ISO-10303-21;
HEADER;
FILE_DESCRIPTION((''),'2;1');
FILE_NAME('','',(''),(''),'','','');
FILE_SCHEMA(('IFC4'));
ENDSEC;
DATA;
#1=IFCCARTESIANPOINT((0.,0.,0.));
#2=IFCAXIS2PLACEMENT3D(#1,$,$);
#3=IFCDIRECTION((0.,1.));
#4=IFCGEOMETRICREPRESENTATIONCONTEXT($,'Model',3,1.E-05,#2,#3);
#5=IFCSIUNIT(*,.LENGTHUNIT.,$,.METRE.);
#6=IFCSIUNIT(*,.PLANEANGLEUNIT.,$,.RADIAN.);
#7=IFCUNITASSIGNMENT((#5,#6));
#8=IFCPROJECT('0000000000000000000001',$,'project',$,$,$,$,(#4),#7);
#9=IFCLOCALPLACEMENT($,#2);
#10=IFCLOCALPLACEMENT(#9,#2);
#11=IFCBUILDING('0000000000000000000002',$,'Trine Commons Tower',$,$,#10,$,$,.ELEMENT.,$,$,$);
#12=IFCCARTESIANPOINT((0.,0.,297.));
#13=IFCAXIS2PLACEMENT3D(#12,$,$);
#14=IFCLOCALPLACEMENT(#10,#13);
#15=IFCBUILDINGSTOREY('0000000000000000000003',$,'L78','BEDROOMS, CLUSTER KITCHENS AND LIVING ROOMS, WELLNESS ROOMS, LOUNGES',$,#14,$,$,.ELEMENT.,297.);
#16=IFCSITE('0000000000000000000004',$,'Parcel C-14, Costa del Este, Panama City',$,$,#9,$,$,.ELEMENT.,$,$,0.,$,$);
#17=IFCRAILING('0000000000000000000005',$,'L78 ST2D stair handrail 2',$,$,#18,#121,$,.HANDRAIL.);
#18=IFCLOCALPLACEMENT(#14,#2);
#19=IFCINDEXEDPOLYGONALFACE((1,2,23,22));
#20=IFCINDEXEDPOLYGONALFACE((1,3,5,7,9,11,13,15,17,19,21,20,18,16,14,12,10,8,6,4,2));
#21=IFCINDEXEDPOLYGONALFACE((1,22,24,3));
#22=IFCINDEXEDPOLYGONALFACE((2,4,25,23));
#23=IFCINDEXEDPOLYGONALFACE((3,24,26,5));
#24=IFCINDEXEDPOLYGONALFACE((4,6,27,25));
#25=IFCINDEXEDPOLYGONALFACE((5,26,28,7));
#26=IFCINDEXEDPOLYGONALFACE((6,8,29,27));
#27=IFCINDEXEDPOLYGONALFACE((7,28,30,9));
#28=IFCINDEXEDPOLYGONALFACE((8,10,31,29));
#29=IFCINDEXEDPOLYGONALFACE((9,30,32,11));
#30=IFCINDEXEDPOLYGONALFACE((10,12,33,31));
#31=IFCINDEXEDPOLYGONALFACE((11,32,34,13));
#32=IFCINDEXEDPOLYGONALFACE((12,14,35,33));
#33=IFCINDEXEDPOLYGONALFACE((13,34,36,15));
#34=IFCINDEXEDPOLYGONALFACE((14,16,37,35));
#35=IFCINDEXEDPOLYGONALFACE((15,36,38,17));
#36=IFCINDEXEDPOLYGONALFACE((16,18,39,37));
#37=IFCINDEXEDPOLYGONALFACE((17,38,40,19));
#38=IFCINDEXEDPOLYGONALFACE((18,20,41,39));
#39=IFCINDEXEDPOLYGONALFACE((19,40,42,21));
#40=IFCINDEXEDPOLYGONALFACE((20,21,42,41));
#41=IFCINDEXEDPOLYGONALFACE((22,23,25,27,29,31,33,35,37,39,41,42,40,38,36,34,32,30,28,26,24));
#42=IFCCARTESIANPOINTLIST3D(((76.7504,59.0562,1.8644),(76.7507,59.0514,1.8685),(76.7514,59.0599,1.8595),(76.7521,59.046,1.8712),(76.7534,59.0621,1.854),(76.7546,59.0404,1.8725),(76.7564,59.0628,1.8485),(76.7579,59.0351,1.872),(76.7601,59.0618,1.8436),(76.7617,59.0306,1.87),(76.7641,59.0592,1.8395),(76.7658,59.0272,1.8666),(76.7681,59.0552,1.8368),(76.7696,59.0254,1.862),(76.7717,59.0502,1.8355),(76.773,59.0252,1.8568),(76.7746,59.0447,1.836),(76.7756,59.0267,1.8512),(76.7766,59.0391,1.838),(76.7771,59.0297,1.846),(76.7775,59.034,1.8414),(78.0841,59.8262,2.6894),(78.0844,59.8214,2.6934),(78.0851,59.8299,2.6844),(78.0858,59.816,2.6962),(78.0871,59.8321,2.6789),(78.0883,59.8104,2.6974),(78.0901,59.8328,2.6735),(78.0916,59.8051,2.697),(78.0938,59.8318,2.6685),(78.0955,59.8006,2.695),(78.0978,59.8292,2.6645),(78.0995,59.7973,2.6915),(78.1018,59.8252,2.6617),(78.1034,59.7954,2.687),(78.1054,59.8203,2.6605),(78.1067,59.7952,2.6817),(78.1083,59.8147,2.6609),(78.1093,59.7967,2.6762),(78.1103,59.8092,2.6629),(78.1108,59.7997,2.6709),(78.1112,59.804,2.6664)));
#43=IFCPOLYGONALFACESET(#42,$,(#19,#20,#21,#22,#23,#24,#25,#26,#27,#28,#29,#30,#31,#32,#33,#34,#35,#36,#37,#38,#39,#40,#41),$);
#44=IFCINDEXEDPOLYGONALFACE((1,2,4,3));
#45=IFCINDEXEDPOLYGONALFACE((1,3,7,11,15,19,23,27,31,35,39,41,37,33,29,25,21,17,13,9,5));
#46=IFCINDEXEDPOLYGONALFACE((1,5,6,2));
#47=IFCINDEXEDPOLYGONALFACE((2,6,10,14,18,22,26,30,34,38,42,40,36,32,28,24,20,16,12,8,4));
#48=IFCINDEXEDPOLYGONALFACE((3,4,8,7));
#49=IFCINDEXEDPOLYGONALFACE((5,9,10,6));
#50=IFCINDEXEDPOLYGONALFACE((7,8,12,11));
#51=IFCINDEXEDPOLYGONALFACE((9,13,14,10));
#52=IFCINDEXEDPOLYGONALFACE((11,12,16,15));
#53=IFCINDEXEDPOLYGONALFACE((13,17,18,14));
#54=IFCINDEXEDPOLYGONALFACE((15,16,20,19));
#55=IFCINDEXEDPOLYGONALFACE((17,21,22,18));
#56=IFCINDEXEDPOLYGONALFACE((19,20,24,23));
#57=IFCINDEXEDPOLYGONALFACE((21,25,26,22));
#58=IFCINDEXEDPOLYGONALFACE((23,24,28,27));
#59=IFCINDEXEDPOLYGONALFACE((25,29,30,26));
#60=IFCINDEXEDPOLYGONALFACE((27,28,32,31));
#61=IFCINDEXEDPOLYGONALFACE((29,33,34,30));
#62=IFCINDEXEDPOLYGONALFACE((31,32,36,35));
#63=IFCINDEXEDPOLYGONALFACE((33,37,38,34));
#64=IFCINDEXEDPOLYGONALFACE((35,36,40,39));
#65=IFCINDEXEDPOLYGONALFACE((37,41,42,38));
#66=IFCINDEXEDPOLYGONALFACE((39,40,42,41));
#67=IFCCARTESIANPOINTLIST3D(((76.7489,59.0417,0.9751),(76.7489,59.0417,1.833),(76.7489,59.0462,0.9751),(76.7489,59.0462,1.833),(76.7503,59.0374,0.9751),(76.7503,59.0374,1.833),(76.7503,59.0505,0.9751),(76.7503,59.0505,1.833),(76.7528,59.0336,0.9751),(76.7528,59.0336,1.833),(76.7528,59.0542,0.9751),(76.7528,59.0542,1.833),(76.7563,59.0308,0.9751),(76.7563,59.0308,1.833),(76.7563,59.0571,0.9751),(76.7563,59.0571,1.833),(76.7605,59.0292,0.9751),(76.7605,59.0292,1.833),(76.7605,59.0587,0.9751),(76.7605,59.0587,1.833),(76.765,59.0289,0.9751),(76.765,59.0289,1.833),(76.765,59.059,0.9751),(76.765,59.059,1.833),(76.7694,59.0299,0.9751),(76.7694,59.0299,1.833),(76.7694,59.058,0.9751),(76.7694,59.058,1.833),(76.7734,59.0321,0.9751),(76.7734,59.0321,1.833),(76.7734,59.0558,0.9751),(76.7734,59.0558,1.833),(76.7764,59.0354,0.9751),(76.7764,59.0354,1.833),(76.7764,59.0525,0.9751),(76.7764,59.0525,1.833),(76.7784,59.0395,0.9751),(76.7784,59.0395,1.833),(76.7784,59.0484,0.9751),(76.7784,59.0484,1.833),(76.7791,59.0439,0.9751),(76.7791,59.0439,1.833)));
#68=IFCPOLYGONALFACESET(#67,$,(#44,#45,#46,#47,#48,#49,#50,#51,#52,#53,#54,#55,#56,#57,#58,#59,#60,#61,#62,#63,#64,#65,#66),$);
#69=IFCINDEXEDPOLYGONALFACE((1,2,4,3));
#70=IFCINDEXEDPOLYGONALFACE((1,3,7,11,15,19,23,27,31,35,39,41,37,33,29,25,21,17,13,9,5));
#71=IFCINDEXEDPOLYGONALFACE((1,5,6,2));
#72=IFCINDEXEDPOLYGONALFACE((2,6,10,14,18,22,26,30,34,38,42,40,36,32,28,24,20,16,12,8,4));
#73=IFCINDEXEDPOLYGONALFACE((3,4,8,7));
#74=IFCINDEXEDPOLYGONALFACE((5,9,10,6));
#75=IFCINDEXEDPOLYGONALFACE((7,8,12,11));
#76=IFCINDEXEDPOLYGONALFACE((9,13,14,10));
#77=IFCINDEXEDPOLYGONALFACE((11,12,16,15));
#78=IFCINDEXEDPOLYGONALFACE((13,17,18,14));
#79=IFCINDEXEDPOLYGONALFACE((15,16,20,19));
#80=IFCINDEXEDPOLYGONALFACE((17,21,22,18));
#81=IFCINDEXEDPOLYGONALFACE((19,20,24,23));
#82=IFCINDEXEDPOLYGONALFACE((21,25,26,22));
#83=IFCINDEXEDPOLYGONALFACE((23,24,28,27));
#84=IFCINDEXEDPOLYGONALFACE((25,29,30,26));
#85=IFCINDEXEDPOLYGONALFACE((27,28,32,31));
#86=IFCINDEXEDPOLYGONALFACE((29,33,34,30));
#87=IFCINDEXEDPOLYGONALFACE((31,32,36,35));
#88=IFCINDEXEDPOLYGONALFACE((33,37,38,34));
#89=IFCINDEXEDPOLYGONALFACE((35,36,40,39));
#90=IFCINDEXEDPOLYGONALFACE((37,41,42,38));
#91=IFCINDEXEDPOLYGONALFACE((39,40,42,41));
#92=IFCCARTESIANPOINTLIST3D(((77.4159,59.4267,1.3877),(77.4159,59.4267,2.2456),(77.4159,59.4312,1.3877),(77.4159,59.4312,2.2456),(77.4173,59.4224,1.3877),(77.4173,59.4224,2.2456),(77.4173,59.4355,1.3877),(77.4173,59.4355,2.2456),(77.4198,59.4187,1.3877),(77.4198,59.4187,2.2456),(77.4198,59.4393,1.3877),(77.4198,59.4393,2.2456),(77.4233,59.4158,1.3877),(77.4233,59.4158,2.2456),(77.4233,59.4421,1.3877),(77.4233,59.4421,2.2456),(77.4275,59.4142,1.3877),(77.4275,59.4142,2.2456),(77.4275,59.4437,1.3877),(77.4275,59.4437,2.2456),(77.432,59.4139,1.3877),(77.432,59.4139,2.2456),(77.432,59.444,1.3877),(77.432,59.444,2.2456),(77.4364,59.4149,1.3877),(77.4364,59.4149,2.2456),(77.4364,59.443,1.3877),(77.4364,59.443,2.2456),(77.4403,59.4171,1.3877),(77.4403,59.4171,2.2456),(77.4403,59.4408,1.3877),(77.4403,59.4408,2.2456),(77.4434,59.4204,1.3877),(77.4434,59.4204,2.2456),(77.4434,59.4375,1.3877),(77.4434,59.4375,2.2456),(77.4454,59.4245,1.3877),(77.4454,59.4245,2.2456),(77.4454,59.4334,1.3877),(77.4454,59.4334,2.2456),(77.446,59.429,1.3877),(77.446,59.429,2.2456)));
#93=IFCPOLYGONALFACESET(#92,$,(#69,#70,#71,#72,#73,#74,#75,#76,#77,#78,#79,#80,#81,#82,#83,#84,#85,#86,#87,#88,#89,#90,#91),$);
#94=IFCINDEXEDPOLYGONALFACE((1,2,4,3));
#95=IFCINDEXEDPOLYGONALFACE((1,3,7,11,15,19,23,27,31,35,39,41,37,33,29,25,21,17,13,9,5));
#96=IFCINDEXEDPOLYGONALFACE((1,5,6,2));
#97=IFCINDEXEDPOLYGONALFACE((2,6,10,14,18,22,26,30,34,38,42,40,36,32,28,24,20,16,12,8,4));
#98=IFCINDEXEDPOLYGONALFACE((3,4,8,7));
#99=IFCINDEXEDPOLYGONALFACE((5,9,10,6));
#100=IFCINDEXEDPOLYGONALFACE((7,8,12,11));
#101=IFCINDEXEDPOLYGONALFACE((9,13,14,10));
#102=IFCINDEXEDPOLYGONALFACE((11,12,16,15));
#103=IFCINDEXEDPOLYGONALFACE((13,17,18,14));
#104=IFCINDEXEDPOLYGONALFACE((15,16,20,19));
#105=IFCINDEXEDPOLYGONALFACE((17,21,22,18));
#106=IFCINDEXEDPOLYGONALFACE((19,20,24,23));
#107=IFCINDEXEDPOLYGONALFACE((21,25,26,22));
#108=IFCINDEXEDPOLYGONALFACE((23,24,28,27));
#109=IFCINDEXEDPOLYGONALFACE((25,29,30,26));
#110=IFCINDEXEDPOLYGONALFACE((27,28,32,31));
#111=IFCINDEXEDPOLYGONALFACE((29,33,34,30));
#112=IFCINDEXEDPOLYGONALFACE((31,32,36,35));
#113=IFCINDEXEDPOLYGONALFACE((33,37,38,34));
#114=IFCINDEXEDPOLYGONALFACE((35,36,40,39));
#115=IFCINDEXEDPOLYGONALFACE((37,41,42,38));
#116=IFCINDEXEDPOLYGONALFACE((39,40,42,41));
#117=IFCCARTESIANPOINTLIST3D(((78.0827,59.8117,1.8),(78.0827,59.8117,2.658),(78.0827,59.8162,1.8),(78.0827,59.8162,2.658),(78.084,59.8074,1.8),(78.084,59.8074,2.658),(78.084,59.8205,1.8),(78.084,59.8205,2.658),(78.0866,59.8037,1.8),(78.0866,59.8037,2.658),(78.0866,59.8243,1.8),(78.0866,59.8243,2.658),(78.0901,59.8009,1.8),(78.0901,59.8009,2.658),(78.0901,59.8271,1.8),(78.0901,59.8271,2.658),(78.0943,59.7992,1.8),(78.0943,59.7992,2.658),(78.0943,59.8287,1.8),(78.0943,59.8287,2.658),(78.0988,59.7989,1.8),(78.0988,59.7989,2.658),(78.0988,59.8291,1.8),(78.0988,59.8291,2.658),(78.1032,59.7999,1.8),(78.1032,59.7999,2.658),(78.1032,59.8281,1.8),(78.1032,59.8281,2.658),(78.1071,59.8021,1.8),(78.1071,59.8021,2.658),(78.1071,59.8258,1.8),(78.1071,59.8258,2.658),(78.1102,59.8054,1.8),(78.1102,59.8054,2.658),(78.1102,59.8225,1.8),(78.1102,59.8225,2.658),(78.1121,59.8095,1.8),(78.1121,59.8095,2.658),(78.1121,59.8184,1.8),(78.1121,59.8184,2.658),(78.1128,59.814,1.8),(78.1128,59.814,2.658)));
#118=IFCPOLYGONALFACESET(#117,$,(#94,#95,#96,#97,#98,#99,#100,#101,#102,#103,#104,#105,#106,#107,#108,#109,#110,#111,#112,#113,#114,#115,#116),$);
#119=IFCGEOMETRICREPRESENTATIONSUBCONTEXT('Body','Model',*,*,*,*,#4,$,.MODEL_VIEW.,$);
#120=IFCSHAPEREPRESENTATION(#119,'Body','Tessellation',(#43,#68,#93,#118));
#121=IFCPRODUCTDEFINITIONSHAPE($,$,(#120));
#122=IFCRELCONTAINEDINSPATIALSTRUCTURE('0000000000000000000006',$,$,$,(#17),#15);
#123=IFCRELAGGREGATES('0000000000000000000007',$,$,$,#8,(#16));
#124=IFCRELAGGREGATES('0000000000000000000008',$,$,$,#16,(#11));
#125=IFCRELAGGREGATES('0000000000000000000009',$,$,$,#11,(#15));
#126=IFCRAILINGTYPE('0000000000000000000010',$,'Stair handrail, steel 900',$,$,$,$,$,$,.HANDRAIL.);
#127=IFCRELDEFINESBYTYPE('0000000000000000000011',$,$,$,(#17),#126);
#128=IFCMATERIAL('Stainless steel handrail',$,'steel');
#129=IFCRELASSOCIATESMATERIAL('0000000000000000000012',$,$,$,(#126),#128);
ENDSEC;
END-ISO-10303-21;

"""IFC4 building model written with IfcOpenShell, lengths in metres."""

from ifc_helpers import new_model, si_unit, direction, frame, origin, origin_2d, place, context, subcontext, project, spatial, circle, extrude, material, type_object, element, save


model = new_model("IFC4")

# Units and contexts
model_context = context("Model", 3, precision=1e-05, world=origin(), true_north=direction((0.0, 1.0)))
body_context = subcontext(model_context, "Body", "Model", "MODEL_VIEW")
ifc_project = project(units=[si_unit("LENGTHUNIT", "METRE"), si_unit("PLANEANGLEUNIT", "RADIAN")], contexts=[model_context])

# Site, building, storey
site_placement = place(None, origin())
site = spatial("IfcSite", under=ifc_project, at=site_placement, Name="Parcel C-14, Costa del Este, Panama City", CompositionType="ELEMENT", RefElevation=0.0)
building_placement = place(site_placement, origin())
building = spatial("IfcBuilding", under=site, at=building_placement, Name="Trine Commons Tower", CompositionType="ELEMENT")
storey_placement = place(building_placement, frame((0.0, 0.0, 297.0)))
storey = spatial("IfcBuildingStorey", under=building, at=storey_placement, Name="L78", Description="BEDROOMS, CLUSTER KITCHENS AND LIVING ROOMS, WELLNESS ROOMS, LOUNGES", CompositionType="ELEMENT", Elevation=297.0)

# Railing
ifc_material_1 = material(Name="Stainless steel handrail", Category="steel")
railing_type_1 = type_object("IfcRailingType", Name="Stair handrail, steel 900", PredefinedType="HANDRAIL", material=ifc_material_1)
railing_1_placement = place(storey_placement, frame((76.7639, 59.0439, 0.9751)))
element("IfcRailing", 1, at=railing_1_placement, inside=storey, type_object=railing_type_1, Name="L78 ST2D stair handrail 2", PredefinedType="HANDRAIL", context=body_context, shape_type="SweptSolid", body=[
    extrude(circle(Radius=0.021, at=origin_2d()), frame((0.0, 0.0, 0.8789), z_axis=(0.763405, 0.440743, 0.472185), x_axis=(-0.499992, 0.86603, 0.0)), (0.0, 0.0, 1.0), 1.7471),
    extrude(circle(Radius=0.0151, at=origin_2d()), origin(), (0.0, 0.0, 1.0), 0.8579),
    extrude(circle(Radius=0.0151, at=origin_2d()), frame((0.667, 0.385, 0.4126)), (0.0, 0.0, 1.0), 0.8579),
    extrude(circle(Radius=0.0151, at=origin_2d()), frame((1.3337, 0.77, 0.825)), (0.0, 0.0, 1.0), 0.8579),
])

save(model, "model.ifc")
